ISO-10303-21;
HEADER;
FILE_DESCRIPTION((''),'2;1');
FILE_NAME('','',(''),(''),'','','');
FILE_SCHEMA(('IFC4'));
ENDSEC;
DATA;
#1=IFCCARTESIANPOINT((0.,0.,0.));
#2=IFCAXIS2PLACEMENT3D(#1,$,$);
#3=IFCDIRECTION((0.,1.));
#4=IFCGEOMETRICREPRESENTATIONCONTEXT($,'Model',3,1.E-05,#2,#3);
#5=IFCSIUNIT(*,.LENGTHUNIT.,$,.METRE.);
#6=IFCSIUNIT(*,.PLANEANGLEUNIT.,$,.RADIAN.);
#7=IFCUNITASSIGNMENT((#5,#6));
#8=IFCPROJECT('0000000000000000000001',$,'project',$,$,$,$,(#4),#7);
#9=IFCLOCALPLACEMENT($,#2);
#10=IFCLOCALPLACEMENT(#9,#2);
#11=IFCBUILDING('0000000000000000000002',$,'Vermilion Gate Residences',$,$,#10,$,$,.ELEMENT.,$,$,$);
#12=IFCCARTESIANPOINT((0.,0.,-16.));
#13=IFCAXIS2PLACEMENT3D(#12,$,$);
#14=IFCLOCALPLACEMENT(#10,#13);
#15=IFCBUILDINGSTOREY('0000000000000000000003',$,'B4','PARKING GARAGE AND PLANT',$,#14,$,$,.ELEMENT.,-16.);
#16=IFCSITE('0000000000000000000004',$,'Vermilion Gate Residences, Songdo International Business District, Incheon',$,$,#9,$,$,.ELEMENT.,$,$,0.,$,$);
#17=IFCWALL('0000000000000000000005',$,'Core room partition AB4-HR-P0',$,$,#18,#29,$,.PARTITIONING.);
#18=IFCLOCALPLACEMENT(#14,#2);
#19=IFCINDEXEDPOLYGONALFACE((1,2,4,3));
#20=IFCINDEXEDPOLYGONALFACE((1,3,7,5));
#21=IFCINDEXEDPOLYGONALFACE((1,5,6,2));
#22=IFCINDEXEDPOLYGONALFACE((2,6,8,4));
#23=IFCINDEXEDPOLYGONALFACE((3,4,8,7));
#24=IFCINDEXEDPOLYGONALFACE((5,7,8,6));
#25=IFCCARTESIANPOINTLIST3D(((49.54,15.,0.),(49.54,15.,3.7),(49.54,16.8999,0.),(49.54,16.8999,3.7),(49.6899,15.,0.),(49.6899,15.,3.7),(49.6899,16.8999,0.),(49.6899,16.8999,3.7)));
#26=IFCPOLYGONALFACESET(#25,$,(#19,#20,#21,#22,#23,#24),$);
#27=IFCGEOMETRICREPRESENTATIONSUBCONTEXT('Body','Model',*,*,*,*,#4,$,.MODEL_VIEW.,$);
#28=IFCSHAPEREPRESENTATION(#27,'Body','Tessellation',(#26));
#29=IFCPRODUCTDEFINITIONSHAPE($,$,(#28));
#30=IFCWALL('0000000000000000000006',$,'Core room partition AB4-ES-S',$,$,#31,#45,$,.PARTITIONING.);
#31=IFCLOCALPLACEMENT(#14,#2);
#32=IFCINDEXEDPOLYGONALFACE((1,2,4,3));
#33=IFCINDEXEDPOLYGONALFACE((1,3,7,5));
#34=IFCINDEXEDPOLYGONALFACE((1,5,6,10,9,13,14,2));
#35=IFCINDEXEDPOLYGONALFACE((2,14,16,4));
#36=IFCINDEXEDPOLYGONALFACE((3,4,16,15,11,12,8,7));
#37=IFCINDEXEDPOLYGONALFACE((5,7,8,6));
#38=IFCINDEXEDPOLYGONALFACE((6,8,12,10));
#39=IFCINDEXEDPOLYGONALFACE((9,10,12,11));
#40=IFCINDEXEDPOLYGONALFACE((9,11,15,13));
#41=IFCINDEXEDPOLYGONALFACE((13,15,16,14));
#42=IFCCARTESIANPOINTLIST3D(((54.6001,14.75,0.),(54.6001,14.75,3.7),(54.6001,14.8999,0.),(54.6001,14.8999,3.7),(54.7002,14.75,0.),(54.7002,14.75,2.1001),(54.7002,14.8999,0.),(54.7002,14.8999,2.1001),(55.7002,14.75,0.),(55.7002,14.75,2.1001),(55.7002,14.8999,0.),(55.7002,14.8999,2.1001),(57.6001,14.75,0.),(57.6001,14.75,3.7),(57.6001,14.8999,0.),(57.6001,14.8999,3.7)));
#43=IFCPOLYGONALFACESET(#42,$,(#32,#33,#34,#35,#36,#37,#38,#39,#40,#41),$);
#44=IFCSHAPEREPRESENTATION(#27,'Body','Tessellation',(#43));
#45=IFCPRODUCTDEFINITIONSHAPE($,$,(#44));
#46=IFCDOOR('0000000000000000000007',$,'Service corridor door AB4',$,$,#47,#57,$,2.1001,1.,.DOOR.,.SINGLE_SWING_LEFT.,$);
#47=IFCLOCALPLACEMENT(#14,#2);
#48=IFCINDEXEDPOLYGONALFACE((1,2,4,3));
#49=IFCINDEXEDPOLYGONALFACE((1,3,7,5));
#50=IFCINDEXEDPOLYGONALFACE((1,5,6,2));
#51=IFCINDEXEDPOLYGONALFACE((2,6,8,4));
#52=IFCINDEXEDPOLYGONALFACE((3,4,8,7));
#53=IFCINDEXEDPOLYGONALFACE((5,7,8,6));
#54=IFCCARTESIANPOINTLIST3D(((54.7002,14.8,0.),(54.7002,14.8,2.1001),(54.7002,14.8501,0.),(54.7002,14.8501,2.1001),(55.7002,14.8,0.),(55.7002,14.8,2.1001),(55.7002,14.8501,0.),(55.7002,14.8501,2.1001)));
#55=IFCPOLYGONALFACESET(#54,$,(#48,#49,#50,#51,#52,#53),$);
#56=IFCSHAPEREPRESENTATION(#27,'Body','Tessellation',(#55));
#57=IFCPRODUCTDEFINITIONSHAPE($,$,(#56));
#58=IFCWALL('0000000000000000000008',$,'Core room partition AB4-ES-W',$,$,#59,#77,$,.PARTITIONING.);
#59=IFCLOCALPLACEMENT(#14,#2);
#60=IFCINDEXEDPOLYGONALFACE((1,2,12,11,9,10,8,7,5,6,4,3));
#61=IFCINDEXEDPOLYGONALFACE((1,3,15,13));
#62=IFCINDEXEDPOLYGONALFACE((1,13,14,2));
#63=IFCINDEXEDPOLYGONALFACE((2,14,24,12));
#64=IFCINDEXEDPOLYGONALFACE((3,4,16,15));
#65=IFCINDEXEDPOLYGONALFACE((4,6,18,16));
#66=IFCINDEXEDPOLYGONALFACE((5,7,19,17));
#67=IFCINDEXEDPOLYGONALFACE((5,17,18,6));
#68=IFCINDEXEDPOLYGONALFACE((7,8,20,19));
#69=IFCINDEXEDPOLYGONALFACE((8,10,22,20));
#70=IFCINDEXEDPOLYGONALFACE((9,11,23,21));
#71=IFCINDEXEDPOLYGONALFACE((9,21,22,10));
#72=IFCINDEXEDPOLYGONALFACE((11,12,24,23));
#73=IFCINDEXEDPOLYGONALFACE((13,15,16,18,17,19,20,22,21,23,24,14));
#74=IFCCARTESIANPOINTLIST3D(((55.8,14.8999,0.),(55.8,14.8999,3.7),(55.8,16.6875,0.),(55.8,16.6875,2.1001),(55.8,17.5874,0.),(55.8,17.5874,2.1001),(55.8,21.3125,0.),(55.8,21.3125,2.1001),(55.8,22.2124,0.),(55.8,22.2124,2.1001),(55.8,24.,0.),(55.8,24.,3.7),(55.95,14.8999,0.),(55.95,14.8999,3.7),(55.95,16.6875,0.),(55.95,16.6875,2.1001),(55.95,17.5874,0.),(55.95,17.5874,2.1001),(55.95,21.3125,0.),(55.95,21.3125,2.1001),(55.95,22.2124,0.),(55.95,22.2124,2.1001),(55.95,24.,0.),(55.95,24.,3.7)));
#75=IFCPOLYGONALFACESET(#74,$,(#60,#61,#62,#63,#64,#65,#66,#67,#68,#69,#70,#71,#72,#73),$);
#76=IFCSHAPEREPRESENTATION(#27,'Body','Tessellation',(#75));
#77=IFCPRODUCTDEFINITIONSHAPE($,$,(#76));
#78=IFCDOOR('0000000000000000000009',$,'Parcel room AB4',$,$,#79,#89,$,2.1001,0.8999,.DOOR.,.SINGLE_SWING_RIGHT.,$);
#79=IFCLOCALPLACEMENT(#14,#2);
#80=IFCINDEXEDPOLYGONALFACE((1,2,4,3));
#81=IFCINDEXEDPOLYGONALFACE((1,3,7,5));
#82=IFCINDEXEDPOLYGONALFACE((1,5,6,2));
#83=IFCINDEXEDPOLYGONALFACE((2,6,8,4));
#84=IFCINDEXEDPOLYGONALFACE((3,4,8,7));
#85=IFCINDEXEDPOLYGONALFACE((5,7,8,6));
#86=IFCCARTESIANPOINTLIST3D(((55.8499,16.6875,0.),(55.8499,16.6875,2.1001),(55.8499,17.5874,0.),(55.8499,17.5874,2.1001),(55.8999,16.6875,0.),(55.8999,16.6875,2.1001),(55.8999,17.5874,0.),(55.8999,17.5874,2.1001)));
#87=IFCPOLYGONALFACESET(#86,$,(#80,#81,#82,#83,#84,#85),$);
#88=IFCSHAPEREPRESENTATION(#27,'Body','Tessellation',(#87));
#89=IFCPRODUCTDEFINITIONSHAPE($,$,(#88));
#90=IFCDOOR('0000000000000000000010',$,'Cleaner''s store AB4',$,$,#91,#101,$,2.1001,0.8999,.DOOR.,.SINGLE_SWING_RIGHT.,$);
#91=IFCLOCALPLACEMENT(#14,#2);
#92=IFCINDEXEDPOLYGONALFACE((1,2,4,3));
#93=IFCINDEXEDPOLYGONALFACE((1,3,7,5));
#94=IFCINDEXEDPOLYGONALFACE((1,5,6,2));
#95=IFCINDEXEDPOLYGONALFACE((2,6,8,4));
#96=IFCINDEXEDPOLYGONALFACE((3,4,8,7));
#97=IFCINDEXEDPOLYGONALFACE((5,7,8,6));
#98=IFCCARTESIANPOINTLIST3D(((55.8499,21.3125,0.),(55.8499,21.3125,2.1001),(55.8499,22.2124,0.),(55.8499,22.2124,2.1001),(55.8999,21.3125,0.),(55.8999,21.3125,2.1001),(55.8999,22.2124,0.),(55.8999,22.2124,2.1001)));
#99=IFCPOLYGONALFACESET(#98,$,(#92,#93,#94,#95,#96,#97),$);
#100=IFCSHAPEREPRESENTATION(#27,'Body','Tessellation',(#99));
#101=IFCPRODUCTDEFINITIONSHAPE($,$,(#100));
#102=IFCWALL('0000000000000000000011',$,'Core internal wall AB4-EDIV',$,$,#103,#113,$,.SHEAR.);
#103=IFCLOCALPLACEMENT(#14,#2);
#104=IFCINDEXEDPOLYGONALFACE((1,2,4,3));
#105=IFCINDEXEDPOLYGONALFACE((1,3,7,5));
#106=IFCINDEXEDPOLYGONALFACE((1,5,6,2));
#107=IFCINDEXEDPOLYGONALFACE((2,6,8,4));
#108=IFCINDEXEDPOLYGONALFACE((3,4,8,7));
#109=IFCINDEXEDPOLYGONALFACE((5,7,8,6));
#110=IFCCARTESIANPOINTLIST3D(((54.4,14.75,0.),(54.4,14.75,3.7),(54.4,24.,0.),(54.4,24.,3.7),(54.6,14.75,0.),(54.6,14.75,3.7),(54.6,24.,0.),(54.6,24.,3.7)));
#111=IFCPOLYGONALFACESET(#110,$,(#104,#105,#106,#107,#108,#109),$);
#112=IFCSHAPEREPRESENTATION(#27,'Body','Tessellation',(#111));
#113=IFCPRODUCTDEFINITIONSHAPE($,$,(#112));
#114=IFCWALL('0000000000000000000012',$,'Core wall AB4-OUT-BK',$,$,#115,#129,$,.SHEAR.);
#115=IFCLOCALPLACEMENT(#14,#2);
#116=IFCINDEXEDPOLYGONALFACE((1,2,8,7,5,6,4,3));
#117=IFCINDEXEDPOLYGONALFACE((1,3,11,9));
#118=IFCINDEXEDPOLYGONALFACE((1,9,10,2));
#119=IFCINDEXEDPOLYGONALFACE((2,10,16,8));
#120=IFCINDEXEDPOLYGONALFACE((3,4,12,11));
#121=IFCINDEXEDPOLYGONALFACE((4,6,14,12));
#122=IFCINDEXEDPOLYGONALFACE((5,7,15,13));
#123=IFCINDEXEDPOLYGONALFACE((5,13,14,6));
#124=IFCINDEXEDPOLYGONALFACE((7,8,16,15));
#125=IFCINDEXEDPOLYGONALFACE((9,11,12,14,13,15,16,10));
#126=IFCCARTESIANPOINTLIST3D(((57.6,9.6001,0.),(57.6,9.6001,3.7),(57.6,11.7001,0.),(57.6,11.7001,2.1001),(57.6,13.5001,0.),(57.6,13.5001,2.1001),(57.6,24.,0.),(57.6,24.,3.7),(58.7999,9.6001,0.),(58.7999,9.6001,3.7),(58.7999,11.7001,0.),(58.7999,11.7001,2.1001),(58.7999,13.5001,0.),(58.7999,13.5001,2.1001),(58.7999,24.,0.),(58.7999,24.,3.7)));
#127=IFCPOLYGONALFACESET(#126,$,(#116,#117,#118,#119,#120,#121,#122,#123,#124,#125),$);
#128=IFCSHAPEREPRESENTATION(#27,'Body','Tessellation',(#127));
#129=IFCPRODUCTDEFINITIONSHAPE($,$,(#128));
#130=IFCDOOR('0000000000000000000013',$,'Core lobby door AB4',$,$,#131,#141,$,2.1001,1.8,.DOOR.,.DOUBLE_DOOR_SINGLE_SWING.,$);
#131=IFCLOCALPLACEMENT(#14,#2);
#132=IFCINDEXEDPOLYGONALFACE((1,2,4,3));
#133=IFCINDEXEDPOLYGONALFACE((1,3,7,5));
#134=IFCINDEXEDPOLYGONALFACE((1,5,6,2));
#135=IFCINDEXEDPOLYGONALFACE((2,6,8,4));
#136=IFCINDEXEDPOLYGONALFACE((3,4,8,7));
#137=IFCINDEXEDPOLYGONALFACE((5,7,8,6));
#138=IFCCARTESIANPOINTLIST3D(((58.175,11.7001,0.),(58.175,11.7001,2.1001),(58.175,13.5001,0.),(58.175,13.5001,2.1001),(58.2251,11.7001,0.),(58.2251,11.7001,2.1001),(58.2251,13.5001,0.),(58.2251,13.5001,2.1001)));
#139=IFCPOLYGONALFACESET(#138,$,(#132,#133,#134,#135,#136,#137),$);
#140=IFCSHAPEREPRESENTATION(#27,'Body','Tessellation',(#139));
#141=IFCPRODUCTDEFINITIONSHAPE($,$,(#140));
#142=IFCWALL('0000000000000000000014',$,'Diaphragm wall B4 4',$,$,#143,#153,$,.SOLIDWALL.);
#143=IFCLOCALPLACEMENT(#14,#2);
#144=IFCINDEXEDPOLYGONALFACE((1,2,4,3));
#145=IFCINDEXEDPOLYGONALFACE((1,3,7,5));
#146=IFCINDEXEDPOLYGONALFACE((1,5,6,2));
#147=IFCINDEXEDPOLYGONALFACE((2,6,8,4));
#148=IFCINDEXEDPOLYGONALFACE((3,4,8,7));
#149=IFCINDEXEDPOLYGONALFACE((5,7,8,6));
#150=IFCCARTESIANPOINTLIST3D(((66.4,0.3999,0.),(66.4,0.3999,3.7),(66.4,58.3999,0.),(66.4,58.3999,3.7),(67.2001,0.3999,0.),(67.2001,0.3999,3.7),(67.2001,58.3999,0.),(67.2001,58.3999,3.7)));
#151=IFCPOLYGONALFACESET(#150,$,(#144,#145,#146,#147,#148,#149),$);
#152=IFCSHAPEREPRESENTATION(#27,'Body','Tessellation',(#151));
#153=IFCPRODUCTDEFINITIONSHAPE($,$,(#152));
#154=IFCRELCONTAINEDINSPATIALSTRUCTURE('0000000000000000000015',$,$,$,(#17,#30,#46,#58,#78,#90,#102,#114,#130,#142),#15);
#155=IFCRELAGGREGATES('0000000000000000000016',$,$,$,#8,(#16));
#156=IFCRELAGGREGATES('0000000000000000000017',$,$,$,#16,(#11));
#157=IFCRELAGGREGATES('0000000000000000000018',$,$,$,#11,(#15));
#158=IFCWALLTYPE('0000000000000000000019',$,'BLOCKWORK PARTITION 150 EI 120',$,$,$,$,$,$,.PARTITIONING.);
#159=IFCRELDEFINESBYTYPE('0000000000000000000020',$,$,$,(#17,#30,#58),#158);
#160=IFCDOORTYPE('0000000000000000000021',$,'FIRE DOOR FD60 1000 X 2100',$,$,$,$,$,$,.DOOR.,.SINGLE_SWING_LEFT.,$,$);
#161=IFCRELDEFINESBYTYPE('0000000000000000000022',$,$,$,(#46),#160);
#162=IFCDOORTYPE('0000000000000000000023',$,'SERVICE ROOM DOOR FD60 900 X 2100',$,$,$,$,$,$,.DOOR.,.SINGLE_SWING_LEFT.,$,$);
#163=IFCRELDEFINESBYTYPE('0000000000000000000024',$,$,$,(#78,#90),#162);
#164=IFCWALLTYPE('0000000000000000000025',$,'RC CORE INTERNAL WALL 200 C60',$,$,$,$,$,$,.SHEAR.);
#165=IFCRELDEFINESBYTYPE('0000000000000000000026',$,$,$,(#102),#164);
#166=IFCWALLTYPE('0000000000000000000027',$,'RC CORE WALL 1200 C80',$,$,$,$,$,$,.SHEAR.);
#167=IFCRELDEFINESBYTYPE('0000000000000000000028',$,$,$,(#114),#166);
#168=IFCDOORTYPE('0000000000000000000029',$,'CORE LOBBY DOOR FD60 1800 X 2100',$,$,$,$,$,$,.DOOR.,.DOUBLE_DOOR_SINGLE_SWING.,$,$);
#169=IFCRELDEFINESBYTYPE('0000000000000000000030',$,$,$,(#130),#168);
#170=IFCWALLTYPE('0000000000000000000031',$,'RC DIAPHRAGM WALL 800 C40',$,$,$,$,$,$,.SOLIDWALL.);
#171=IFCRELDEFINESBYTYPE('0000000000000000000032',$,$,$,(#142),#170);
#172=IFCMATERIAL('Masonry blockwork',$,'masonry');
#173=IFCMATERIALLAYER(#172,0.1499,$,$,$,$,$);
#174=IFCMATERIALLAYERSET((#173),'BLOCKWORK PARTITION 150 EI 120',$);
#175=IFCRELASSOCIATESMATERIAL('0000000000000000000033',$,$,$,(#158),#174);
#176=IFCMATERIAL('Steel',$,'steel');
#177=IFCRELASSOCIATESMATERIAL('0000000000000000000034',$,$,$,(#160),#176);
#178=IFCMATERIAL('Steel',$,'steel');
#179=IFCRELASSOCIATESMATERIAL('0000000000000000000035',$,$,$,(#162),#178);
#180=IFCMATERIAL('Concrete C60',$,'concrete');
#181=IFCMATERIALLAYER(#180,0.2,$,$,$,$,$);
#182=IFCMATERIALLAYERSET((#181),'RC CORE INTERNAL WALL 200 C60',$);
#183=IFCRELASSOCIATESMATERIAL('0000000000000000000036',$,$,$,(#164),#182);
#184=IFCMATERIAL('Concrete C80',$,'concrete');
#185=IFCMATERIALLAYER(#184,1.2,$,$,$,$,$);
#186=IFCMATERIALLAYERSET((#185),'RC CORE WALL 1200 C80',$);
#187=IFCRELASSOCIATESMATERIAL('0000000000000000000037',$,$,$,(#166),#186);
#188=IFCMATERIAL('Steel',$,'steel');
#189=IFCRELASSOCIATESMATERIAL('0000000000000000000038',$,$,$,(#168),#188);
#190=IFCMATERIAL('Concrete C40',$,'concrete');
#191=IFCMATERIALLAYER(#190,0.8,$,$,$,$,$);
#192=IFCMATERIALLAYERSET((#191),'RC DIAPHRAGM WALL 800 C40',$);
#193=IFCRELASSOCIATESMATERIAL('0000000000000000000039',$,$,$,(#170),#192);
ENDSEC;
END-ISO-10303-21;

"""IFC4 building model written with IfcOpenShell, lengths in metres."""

from ifc_helpers import new_model, si_unit, direction, frame, frame_2d, origin, place, context, subcontext, project, spatial, rectangle, extrude, material, layer, layer_set, type_object, element, fill, save


model = new_model("IFC4")

# Units and contexts
model_context = context("Model", 3, precision=1e-05, world=origin(), true_north=direction((0.0, 1.0)))
body_context = subcontext(model_context, "Body", "Model", "MODEL_VIEW")
ifc_project = project(units=[si_unit("LENGTHUNIT", "METRE"), si_unit("PLANEANGLEUNIT", "RADIAN")], contexts=[model_context])

# Site, building, storey
site_placement = place(None, origin())
site = spatial("IfcSite", under=ifc_project, at=site_placement, Name="Vermilion Gate Residences, Songdo International Business District, Incheon", CompositionType="ELEMENT", RefElevation=0.0)
building_placement = place(site_placement, origin())
building = spatial("IfcBuilding", under=site, at=building_placement, Name="Vermilion Gate Residences", CompositionType="ELEMENT")
storey_placement = place(building_placement, frame((0.0, 0.0, -16.0)))
storey = spatial("IfcBuildingStorey", under=building, at=storey_placement, Name="B4", Description="PARKING GARAGE AND PLANT", CompositionType="ELEMENT", Elevation=-16.0)

# Wall
ifc_material_1 = material(Name="Masonry blockwork", Category="masonry")
ifc_layer_1 = layer(ifc_material_1, 0.1499)
ifc_layer_set_1 = layer_set([ifc_layer_1], Name="BLOCKWORK PARTITION 150 EI 120")
wall_type_1 = type_object("IfcWallType", Name="BLOCKWORK PARTITION 150 EI 120", PredefinedType="PARTITIONING", material=ifc_layer_set_1)
wall_1_placement = place(storey_placement, frame((49.615, 15.0, 0.0), z_axis=(0.0, 0.0, 1.0), x_axis=(0.0, 1.0, 0.0)))
element("IfcWall", 1, at=wall_1_placement, inside=storey, type_object=wall_type_1, Name="Core room partition AB4-HR-P0", PredefinedType="PARTITIONING", context=body_context, shape_type="SweptSolid", body=[
    extrude(rectangle(XDim=1.8999, YDim=0.1499, at=frame_2d((0.95, 0.0))), origin(), (0.0, 0.0, 1.0), 3.7),
])

# Wall, opening, door
wall_2_placement = place(storey_placement, frame((54.6001, 14.825, 0.0), z_axis=(0.0, 0.0, 1.0), x_axis=(1.0, 0.0, 0.0)))
wall_2 = element("IfcWall", 2, at=wall_2_placement, inside=storey, type_object=wall_type_1, Name="Core room partition AB4-ES-S", PredefinedType="PARTITIONING", context=body_context, shape_type="SweptSolid", body=[
    extrude(rectangle(XDim=3.0, YDim=0.1499, at=frame_2d((1.5, 0.0))), origin(), (0.0, 0.0, 1.0), 3.7),
])
opening_1_placement = place(wall_2_placement, frame((0.1001, 0.0, 0.0)))
opening_1 = element("IfcOpeningElement", 3, at=opening_1_placement, cuts=wall_2, PredefinedType="OPENING", context=body_context, shape_type="SweptSolid", body=[
    extrude(rectangle(XDim=1.0, YDim=2.1001, at=frame_2d((0.5, 1.05))), frame((0.0, 0.085, 0.0), z_axis=(0.0, -1.0, 0.0), x_axis=(1.0, 0.0, 0.0)), (0.0, 0.0, 1.0), 0.1699),
])
ifc_material_2 = material(Name="Steel", Category="steel")
door_type_1 = type_object("IfcDoorType", Name="FIRE DOOR FD60 1000 X 2100", OperationType="SINGLE_SWING_LEFT", PredefinedType="DOOR", material=ifc_material_2)
door_1_placement = place(opening_1_placement, frame((1.0, 0.0, 0.0), z_axis=(0.0, 0.0, 1.0), x_axis=(-1.0, 0.0, 0.0)))
door_1 = element("IfcDoor", 4, at=door_1_placement, inside=storey, type_object=door_type_1, Name="Service corridor door AB4", OperationType="SINGLE_SWING_LEFT", OverallHeight=2.1001, OverallWidth=1.0, PredefinedType="DOOR", context=body_context, shape_type="SweptSolid", body=[
    extrude(rectangle(XDim=1.0, YDim=2.1001, at=frame_2d((0.5, 1.05))), frame((0.0, 0.0249, 0.0), z_axis=(0.0, -1.0, 0.0), x_axis=(1.0, 0.0, 0.0)), (0.0, 0.0, 1.0), 0.05),
])
fill(opening_1, door_1)

# Wall, openings, doors
wall_3_placement = place(storey_placement, frame((55.875, 14.8999, 0.0), z_axis=(0.0, 0.0, 1.0), x_axis=(0.0, 1.0, 0.0)))
wall_3 = element("IfcWall", 5, at=wall_3_placement, inside=storey, type_object=wall_type_1, Name="Core room partition AB4-ES-W", PredefinedType="PARTITIONING", context=body_context, shape_type="SweptSolid", body=[
    extrude(rectangle(XDim=9.1001, YDim=0.1499, at=frame_2d((4.55, 0.0))), origin(), (0.0, 0.0, 1.0), 3.7),
])
opening_2_placement = place(wall_3_placement, frame((1.7876, 0.0, 0.0)))
opening_2 = element("IfcOpeningElement", 6, at=opening_2_placement, cuts=wall_3, PredefinedType="OPENING", context=body_context, shape_type="SweptSolid", body=[
    extrude(rectangle(XDim=0.8999, YDim=2.1001, at=frame_2d((0.45, 1.05))), frame((0.0, 0.085, 0.0), z_axis=(0.0, -1.0, 0.0), x_axis=(1.0, 0.0, 0.0)), (0.0, 0.0, 1.0), 0.1699),
])
opening_3_placement = place(wall_3_placement, frame((6.4126, 0.0, 0.0)))
opening_3 = element("IfcOpeningElement", 7, at=opening_3_placement, cuts=wall_3, PredefinedType="OPENING", context=body_context, shape_type="SweptSolid", body=[
    extrude(rectangle(XDim=0.8999, YDim=2.1001, at=frame_2d((0.45, 1.05))), frame((0.0, 0.085, 0.0), z_axis=(0.0, -1.0, 0.0), x_axis=(1.0, 0.0, 0.0)), (0.0, 0.0, 1.0), 0.1699),
])
ifc_material_3 = material(Name="Steel", Category="steel")
door_type_2 = type_object("IfcDoorType", Name="SERVICE ROOM DOOR FD60 900 X 2100", OperationType="SINGLE_SWING_LEFT", PredefinedType="DOOR", material=ifc_material_3)
door_2_placement = place(opening_2_placement, frame((0.8999, 0.0, 0.0), z_axis=(0.0, 0.0, 1.0), x_axis=(-1.0, 0.0, 0.0)))
door_2 = element("IfcDoor", 8, at=door_2_placement, inside=storey, type_object=door_type_2, Name="Parcel room AB4", OperationType="SINGLE_SWING_RIGHT", OverallHeight=2.1001, OverallWidth=0.8999, PredefinedType="DOOR", context=body_context, shape_type="SweptSolid", body=[
    extrude(rectangle(XDim=0.8999, YDim=2.1001, at=frame_2d((0.45, 1.05))), frame((0.0, 0.0249, 0.0), z_axis=(0.0, -1.0, 0.0), x_axis=(1.0, 0.0, 0.0)), (0.0, 0.0, 1.0), 0.05),
])
fill(opening_2, door_2)
door_3_placement = place(opening_3_placement, frame((0.8999, 0.0, 0.0), z_axis=(0.0, 0.0, 1.0), x_axis=(-1.0, 0.0, 0.0)))
door_3 = element("IfcDoor", 9, at=door_3_placement, inside=storey, type_object=door_type_2, Name="Cleaner's store AB4", OperationType="SINGLE_SWING_RIGHT", OverallHeight=2.1001, OverallWidth=0.8999, PredefinedType="DOOR", context=body_context, shape_type="SweptSolid", body=[
    extrude(rectangle(XDim=0.8999, YDim=2.1001, at=frame_2d((0.45, 1.05))), frame((0.0, 0.0249, 0.0), z_axis=(0.0, -1.0, 0.0), x_axis=(1.0, 0.0, 0.0)), (0.0, 0.0, 1.0), 0.05),
])
fill(opening_3, door_3)

# Wall
ifc_material_4 = material(Name="Concrete C60", Category="concrete")
ifc_layer_2 = layer(ifc_material_4, 0.2)
ifc_layer_set_2 = layer_set([ifc_layer_2], Name="RC CORE INTERNAL WALL 200 C60")
wall_type_2 = type_object("IfcWallType", Name="RC CORE INTERNAL WALL 200 C60", PredefinedType="SHEAR", material=ifc_layer_set_2)
wall_4_placement = place(storey_placement, frame((54.5, 14.75, 0.0), z_axis=(0.0, 0.0, 1.0), x_axis=(0.0, 1.0, 0.0)))
element("IfcWall", 10, at=wall_4_placement, inside=storey, type_object=wall_type_2, Name="Core internal wall AB4-EDIV", PredefinedType="SHEAR", context=body_context, shape_type="SweptSolid", body=[
    extrude(rectangle(XDim=9.25, YDim=0.2, at=frame_2d((4.625, 0.0))), origin(), (0.0, 0.0, 1.0), 3.7),
])

# Wall, opening, door
ifc_material_5 = material(Name="Concrete C80", Category="concrete")
ifc_layer_3 = layer(ifc_material_5, 1.2)
ifc_layer_set_3 = layer_set([ifc_layer_3], Name="RC CORE WALL 1200 C80")
wall_type_3 = type_object("IfcWallType", Name="RC CORE WALL 1200 C80", PredefinedType="SHEAR", material=ifc_layer_set_3)
wall_5_placement = place(storey_placement, frame((58.2, 9.6001, 0.0), z_axis=(0.0, 0.0, 1.0), x_axis=(0.0, 1.0, 0.0)))
wall_5 = element("IfcWall", 11, at=wall_5_placement, inside=storey, type_object=wall_type_3, Name="Core wall AB4-OUT-BK", PredefinedType="SHEAR", context=body_context, shape_type="SweptSolid", body=[
    extrude(rectangle(XDim=14.3999, YDim=1.2, at=frame_2d((7.2, 0.0))), origin(), (0.0, 0.0, 1.0), 3.7),
])
opening_4_placement = place(wall_5_placement, frame((2.1001, 0.0, 0.0)))
opening_4 = element("IfcOpeningElement", 12, at=opening_4_placement, cuts=wall_5, PredefinedType="OPENING", context=body_context, shape_type="SweptSolid", body=[
    extrude(rectangle(XDim=1.8, YDim=2.1001, at=frame_2d((0.8999, 1.05))), frame((0.0, 0.6099, 0.0), z_axis=(0.0, -1.0, 0.0), x_axis=(1.0, 0.0, 0.0)), (0.0, 0.0, 1.0), 1.22),
])
ifc_material_6 = material(Name="Steel", Category="steel")
door_type_3 = type_object("IfcDoorType", Name="CORE LOBBY DOOR FD60 1800 X 2100", OperationType="DOUBLE_DOOR_SINGLE_SWING", PredefinedType="DOOR", material=ifc_material_6)
door_4_placement = place(opening_4_placement, origin())
door_4 = element("IfcDoor", 13, at=door_4_placement, inside=storey, type_object=door_type_3, Name="Core lobby door AB4", OperationType="DOUBLE_DOOR_SINGLE_SWING", OverallHeight=2.1001, OverallWidth=1.8, PredefinedType="DOOR", context=body_context, shape_type="SweptSolid", body=[
    extrude(rectangle(XDim=1.8, YDim=2.1001, at=frame_2d((0.8999, 1.05))), frame((0.0, 0.0249, 0.0), z_axis=(0.0, -1.0, 0.0), x_axis=(1.0, 0.0, 0.0)), (0.0, 0.0, 1.0), 0.05),
])
fill(opening_4, door_4)

# Wall
ifc_material_7 = material(Name="Concrete C40", Category="concrete")
ifc_layer_4 = layer(ifc_material_7, 0.8)
ifc_layer_set_4 = layer_set([ifc_layer_4], Name="RC DIAPHRAGM WALL 800 C40")
wall_type_4 = type_object("IfcWallType", Name="RC DIAPHRAGM WALL 800 C40", PredefinedType="SOLIDWALL", material=ifc_layer_set_4)
wall_6_placement = place(storey_placement, frame((66.8, 0.3999, 0.0), z_axis=(0.0, 0.0, 1.0), x_axis=(0.0, 1.0, 0.0)))
element("IfcWall", 14, at=wall_6_placement, inside=storey, type_object=wall_type_4, Name="Diaphragm wall B4 4", PredefinedType="SOLIDWALL", context=body_context, shape_type="SweptSolid", body=[
    extrude(rectangle(XDim=58.0, YDim=0.8, at=frame_2d((29.0, 0.0))), origin(), (0.0, 0.0, 1.0), 3.7),
])

save(model, "model.ifc")
